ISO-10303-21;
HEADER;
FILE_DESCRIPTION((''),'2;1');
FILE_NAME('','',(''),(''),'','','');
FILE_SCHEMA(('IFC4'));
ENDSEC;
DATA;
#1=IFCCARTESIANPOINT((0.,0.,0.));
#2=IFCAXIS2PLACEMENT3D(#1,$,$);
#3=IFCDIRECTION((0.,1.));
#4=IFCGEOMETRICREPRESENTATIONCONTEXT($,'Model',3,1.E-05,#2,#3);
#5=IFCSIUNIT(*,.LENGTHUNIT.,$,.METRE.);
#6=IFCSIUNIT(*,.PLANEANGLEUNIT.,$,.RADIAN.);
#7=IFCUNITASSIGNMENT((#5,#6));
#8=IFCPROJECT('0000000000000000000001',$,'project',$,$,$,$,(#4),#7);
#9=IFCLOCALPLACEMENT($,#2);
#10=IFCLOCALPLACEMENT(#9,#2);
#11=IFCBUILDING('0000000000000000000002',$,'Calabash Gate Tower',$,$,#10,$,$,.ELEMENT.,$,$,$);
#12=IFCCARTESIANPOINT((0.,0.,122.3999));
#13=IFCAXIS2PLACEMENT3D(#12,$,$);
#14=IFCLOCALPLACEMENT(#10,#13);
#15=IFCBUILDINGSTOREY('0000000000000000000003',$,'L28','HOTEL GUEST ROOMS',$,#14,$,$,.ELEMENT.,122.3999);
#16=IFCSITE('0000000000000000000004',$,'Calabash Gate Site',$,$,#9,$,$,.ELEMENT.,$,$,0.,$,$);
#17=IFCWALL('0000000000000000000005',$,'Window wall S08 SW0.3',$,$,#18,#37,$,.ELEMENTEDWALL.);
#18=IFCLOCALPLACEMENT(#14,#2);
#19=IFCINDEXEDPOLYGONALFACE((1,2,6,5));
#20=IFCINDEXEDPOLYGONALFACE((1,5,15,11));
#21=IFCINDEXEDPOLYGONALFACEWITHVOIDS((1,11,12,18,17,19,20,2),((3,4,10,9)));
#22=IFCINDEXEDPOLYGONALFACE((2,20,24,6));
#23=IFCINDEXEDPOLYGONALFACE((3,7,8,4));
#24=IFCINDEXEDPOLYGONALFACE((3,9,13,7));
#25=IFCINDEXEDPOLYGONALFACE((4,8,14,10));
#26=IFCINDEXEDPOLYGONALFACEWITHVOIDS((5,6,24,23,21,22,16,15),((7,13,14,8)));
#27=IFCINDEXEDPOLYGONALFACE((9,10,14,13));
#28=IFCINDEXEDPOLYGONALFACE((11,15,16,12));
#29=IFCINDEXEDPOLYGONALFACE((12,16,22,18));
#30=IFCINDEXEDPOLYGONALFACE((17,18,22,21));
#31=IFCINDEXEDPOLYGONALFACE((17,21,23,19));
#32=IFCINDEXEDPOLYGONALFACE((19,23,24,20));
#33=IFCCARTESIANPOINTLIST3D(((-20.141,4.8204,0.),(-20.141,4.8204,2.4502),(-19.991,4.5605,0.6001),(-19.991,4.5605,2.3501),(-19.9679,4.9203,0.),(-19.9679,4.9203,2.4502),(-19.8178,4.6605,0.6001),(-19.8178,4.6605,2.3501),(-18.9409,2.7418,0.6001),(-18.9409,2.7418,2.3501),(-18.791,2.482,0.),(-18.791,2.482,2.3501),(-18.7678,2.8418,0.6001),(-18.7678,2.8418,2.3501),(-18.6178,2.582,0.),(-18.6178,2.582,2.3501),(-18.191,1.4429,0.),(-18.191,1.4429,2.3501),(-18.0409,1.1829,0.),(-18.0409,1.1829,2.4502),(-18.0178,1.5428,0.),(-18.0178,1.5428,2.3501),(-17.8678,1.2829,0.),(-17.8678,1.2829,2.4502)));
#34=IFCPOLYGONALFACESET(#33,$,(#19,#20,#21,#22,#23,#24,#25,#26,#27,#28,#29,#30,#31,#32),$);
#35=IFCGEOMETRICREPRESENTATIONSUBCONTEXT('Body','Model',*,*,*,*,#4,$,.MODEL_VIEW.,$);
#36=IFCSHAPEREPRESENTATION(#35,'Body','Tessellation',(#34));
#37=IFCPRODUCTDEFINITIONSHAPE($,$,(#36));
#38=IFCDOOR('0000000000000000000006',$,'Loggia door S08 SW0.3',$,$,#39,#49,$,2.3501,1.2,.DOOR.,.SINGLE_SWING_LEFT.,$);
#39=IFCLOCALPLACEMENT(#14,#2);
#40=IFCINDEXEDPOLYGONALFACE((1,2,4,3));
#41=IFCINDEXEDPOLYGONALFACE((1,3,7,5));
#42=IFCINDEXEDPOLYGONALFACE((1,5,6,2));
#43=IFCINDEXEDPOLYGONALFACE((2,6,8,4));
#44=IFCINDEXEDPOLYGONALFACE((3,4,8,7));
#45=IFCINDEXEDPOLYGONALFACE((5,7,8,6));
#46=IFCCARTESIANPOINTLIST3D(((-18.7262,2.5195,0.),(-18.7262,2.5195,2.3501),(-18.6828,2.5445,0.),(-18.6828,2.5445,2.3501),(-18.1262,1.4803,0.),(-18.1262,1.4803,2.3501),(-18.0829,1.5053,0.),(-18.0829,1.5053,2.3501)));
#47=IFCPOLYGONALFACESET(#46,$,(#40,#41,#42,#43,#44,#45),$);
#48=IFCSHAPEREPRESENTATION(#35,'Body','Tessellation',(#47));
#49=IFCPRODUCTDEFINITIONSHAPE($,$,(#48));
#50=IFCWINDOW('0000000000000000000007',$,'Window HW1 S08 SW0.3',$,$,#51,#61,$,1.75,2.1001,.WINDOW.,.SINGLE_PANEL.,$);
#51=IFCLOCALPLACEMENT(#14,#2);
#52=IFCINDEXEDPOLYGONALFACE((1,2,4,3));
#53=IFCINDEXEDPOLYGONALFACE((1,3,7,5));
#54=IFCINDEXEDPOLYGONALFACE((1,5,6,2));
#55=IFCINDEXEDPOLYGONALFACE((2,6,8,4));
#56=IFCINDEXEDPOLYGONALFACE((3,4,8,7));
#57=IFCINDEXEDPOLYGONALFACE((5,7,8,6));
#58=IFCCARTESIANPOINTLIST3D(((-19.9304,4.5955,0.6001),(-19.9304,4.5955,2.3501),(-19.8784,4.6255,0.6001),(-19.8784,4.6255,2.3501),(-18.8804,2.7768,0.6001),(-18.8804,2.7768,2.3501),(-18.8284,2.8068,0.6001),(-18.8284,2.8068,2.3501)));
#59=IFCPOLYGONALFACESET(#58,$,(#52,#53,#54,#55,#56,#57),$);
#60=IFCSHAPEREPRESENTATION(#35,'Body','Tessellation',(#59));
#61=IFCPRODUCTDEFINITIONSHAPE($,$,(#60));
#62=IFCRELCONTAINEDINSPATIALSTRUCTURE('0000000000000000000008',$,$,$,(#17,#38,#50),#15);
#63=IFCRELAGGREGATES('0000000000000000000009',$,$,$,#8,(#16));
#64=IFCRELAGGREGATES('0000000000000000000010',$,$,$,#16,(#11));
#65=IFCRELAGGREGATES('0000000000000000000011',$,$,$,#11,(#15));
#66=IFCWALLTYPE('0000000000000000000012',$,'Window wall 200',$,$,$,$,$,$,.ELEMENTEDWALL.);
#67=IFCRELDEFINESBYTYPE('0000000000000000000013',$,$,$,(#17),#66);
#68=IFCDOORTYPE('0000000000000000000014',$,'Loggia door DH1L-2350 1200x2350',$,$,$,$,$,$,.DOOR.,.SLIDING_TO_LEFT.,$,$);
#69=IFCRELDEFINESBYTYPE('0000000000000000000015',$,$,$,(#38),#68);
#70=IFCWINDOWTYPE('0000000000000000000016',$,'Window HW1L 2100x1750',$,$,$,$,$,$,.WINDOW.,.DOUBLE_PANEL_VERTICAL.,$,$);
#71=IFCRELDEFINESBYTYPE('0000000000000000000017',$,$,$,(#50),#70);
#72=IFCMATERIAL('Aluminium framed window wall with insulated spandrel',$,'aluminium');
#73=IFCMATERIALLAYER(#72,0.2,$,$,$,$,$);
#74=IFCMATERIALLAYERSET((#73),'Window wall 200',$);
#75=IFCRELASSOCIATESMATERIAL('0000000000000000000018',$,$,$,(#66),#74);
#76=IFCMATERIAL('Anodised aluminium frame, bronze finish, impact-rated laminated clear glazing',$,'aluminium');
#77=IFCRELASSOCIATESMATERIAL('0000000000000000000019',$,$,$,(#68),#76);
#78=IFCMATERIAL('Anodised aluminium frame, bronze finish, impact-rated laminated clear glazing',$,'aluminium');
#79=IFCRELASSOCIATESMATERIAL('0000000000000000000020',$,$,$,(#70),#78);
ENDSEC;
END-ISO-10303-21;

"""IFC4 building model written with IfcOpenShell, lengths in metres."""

from ifc_helpers import new_model, si_unit, direction, frame, frame_2d, origin, place, context, subcontext, project, spatial, rectangle, extrude, material, layer, layer_set, type_object, element, fill, save


model = new_model("IFC4")

# Units and contexts
model_context = context("Model", 3, precision=1e-05, world=origin(), true_north=direction((0.0, 1.0)))
body_context = subcontext(model_context, "Body", "Model", "MODEL_VIEW")
ifc_project = project(units=[si_unit("LENGTHUNIT", "METRE"), si_unit("PLANEANGLEUNIT", "RADIAN")], contexts=[model_context])

# Site, building, storey
site_placement = place(None, origin())
site = spatial("IfcSite", under=ifc_project, at=site_placement, Name="Calabash Gate Site", CompositionType="ELEMENT", RefElevation=0.0)
building_placement = place(site_placement, origin())
building = spatial("IfcBuilding", under=site, at=building_placement, Name="Calabash Gate Tower", CompositionType="ELEMENT")
storey_placement = place(building_placement, frame((0.0, 0.0, 122.3999)))
storey = spatial("IfcBuildingStorey", under=building, at=storey_placement, Name="L28", Description="HOTEL GUEST ROOMS", CompositionType="ELEMENT", Elevation=122.3999)

# Wall, openings, door, window
ifc_material_1 = material(Name="Aluminium framed window wall with insulated spandrel", Category="aluminium")
ifc_layer_1 = layer(ifc_material_1, 0.2)
ifc_layer_set_1 = layer_set([ifc_layer_1], Name="Window wall 200")
wall_type_1 = type_object("IfcWallType", Name="Window wall 200", PredefinedType="ELEMENTEDWALL", material=ifc_layer_set_1)
wall_1_placement = place(storey_placement, frame((-20.0544, 4.8704, 0.0), z_axis=(0.0, 0.0, 1.0), x_axis=(0.500003, -0.866024, 0.0)))
wall_1 = element("IfcWall", 1, at=wall_1_placement, inside=storey, type_object=wall_type_1, Name="Window wall S08 SW0.3", PredefinedType="ELEMENTEDWALL", context=body_context, shape_type="SweptSolid", body=[
    extrude(rectangle(XDim=4.2002, YDim=0.2, at=frame_2d((2.1001, 0.0))), origin(), (0.0, 0.0, 1.0), 2.4502),
])
opening_1_placement = place(wall_1_placement, frame((0.3, 0.0, 0.6001)))
opening_1 = element("IfcOpeningElement", 2, at=opening_1_placement, cuts=wall_1, PredefinedType="OPENING", context=body_context, shape_type="SweptSolid", body=[
    extrude(rectangle(XDim=2.1001, YDim=1.75, at=frame_2d((1.05, 0.875))), frame((0.0, 0.1099, 0.0), z_axis=(0.0, -1.0, 0.0), x_axis=(1.0, 0.0, 0.0)), (0.0, 0.0, 1.0), 0.22),
])
opening_2_placement = place(wall_1_placement, frame((2.7, 0.0, 0.0)))
opening_2 = element("IfcOpeningElement", 3, at=opening_2_placement, cuts=wall_1, PredefinedType="OPENING", context=body_context, shape_type="SweptSolid", body=[
    extrude(rectangle(XDim=1.2, YDim=2.3501, at=frame_2d((0.6001, 1.175))), frame((0.0, 0.1099, 0.0), z_axis=(0.0, -1.0, 0.0), x_axis=(1.0, 0.0, 0.0)), (0.0, 0.0, 1.0), 0.22),
])
ifc_material_2 = material(Name="Anodised aluminium frame, bronze finish, impact-rated laminated clear glazing", Category="aluminium")
door_type_1 = type_object("IfcDoorType", Name="Loggia door DH1L-2350 1200x2350", OperationType="SLIDING_TO_LEFT", PredefinedType="DOOR", material=ifc_material_2)
door_1_placement = place(opening_2_placement, origin())
door_1 = element("IfcDoor", 4, at=door_1_placement, inside=storey, type_object=door_type_1, Name="Loggia door S08 SW0.3", OperationType="SINGLE_SWING_LEFT", OverallHeight=2.3501, OverallWidth=1.2, PredefinedType="DOOR", context=body_context, shape_type="SweptSolid", body=[
    extrude(rectangle(XDim=1.2, YDim=2.3501, at=frame_2d((0.6001, 1.175))), frame((0.0, 0.0249, 0.0), z_axis=(0.0, -1.0, 0.0), x_axis=(1.0, 0.0, 0.0)), (0.0, 0.0, 1.0), 0.05),
])
fill(opening_2, door_1)
ifc_material_3 = material(Name="Anodised aluminium frame, bronze finish, impact-rated laminated clear glazing", Category="aluminium")
window_type = type_object("IfcWindowType", Name="Window HW1L 2100x1750", PartitioningType="DOUBLE_PANEL_VERTICAL", PredefinedType="WINDOW", material=ifc_material_3)
window_placement = place(opening_1_placement, origin())
window = element("IfcWindow", 5, at=window_placement, inside=storey, type_object=window_type, Name="Window HW1 S08 SW0.3", OverallHeight=1.75, OverallWidth=2.1001, PartitioningType="SINGLE_PANEL", PredefinedType="WINDOW", context=body_context, shape_type="SweptSolid", body=[
    extrude(rectangle(XDim=2.1001, YDim=1.75, at=frame_2d((1.05, 0.875))), frame((0.0, 0.03, 0.0), z_axis=(0.0, -1.0, 0.0), x_axis=(1.0, 0.0, 0.0)), (0.0, 0.0, 1.0), 0.0601),
])
fill(opening_1, window)

save(model, "model.ifc")
